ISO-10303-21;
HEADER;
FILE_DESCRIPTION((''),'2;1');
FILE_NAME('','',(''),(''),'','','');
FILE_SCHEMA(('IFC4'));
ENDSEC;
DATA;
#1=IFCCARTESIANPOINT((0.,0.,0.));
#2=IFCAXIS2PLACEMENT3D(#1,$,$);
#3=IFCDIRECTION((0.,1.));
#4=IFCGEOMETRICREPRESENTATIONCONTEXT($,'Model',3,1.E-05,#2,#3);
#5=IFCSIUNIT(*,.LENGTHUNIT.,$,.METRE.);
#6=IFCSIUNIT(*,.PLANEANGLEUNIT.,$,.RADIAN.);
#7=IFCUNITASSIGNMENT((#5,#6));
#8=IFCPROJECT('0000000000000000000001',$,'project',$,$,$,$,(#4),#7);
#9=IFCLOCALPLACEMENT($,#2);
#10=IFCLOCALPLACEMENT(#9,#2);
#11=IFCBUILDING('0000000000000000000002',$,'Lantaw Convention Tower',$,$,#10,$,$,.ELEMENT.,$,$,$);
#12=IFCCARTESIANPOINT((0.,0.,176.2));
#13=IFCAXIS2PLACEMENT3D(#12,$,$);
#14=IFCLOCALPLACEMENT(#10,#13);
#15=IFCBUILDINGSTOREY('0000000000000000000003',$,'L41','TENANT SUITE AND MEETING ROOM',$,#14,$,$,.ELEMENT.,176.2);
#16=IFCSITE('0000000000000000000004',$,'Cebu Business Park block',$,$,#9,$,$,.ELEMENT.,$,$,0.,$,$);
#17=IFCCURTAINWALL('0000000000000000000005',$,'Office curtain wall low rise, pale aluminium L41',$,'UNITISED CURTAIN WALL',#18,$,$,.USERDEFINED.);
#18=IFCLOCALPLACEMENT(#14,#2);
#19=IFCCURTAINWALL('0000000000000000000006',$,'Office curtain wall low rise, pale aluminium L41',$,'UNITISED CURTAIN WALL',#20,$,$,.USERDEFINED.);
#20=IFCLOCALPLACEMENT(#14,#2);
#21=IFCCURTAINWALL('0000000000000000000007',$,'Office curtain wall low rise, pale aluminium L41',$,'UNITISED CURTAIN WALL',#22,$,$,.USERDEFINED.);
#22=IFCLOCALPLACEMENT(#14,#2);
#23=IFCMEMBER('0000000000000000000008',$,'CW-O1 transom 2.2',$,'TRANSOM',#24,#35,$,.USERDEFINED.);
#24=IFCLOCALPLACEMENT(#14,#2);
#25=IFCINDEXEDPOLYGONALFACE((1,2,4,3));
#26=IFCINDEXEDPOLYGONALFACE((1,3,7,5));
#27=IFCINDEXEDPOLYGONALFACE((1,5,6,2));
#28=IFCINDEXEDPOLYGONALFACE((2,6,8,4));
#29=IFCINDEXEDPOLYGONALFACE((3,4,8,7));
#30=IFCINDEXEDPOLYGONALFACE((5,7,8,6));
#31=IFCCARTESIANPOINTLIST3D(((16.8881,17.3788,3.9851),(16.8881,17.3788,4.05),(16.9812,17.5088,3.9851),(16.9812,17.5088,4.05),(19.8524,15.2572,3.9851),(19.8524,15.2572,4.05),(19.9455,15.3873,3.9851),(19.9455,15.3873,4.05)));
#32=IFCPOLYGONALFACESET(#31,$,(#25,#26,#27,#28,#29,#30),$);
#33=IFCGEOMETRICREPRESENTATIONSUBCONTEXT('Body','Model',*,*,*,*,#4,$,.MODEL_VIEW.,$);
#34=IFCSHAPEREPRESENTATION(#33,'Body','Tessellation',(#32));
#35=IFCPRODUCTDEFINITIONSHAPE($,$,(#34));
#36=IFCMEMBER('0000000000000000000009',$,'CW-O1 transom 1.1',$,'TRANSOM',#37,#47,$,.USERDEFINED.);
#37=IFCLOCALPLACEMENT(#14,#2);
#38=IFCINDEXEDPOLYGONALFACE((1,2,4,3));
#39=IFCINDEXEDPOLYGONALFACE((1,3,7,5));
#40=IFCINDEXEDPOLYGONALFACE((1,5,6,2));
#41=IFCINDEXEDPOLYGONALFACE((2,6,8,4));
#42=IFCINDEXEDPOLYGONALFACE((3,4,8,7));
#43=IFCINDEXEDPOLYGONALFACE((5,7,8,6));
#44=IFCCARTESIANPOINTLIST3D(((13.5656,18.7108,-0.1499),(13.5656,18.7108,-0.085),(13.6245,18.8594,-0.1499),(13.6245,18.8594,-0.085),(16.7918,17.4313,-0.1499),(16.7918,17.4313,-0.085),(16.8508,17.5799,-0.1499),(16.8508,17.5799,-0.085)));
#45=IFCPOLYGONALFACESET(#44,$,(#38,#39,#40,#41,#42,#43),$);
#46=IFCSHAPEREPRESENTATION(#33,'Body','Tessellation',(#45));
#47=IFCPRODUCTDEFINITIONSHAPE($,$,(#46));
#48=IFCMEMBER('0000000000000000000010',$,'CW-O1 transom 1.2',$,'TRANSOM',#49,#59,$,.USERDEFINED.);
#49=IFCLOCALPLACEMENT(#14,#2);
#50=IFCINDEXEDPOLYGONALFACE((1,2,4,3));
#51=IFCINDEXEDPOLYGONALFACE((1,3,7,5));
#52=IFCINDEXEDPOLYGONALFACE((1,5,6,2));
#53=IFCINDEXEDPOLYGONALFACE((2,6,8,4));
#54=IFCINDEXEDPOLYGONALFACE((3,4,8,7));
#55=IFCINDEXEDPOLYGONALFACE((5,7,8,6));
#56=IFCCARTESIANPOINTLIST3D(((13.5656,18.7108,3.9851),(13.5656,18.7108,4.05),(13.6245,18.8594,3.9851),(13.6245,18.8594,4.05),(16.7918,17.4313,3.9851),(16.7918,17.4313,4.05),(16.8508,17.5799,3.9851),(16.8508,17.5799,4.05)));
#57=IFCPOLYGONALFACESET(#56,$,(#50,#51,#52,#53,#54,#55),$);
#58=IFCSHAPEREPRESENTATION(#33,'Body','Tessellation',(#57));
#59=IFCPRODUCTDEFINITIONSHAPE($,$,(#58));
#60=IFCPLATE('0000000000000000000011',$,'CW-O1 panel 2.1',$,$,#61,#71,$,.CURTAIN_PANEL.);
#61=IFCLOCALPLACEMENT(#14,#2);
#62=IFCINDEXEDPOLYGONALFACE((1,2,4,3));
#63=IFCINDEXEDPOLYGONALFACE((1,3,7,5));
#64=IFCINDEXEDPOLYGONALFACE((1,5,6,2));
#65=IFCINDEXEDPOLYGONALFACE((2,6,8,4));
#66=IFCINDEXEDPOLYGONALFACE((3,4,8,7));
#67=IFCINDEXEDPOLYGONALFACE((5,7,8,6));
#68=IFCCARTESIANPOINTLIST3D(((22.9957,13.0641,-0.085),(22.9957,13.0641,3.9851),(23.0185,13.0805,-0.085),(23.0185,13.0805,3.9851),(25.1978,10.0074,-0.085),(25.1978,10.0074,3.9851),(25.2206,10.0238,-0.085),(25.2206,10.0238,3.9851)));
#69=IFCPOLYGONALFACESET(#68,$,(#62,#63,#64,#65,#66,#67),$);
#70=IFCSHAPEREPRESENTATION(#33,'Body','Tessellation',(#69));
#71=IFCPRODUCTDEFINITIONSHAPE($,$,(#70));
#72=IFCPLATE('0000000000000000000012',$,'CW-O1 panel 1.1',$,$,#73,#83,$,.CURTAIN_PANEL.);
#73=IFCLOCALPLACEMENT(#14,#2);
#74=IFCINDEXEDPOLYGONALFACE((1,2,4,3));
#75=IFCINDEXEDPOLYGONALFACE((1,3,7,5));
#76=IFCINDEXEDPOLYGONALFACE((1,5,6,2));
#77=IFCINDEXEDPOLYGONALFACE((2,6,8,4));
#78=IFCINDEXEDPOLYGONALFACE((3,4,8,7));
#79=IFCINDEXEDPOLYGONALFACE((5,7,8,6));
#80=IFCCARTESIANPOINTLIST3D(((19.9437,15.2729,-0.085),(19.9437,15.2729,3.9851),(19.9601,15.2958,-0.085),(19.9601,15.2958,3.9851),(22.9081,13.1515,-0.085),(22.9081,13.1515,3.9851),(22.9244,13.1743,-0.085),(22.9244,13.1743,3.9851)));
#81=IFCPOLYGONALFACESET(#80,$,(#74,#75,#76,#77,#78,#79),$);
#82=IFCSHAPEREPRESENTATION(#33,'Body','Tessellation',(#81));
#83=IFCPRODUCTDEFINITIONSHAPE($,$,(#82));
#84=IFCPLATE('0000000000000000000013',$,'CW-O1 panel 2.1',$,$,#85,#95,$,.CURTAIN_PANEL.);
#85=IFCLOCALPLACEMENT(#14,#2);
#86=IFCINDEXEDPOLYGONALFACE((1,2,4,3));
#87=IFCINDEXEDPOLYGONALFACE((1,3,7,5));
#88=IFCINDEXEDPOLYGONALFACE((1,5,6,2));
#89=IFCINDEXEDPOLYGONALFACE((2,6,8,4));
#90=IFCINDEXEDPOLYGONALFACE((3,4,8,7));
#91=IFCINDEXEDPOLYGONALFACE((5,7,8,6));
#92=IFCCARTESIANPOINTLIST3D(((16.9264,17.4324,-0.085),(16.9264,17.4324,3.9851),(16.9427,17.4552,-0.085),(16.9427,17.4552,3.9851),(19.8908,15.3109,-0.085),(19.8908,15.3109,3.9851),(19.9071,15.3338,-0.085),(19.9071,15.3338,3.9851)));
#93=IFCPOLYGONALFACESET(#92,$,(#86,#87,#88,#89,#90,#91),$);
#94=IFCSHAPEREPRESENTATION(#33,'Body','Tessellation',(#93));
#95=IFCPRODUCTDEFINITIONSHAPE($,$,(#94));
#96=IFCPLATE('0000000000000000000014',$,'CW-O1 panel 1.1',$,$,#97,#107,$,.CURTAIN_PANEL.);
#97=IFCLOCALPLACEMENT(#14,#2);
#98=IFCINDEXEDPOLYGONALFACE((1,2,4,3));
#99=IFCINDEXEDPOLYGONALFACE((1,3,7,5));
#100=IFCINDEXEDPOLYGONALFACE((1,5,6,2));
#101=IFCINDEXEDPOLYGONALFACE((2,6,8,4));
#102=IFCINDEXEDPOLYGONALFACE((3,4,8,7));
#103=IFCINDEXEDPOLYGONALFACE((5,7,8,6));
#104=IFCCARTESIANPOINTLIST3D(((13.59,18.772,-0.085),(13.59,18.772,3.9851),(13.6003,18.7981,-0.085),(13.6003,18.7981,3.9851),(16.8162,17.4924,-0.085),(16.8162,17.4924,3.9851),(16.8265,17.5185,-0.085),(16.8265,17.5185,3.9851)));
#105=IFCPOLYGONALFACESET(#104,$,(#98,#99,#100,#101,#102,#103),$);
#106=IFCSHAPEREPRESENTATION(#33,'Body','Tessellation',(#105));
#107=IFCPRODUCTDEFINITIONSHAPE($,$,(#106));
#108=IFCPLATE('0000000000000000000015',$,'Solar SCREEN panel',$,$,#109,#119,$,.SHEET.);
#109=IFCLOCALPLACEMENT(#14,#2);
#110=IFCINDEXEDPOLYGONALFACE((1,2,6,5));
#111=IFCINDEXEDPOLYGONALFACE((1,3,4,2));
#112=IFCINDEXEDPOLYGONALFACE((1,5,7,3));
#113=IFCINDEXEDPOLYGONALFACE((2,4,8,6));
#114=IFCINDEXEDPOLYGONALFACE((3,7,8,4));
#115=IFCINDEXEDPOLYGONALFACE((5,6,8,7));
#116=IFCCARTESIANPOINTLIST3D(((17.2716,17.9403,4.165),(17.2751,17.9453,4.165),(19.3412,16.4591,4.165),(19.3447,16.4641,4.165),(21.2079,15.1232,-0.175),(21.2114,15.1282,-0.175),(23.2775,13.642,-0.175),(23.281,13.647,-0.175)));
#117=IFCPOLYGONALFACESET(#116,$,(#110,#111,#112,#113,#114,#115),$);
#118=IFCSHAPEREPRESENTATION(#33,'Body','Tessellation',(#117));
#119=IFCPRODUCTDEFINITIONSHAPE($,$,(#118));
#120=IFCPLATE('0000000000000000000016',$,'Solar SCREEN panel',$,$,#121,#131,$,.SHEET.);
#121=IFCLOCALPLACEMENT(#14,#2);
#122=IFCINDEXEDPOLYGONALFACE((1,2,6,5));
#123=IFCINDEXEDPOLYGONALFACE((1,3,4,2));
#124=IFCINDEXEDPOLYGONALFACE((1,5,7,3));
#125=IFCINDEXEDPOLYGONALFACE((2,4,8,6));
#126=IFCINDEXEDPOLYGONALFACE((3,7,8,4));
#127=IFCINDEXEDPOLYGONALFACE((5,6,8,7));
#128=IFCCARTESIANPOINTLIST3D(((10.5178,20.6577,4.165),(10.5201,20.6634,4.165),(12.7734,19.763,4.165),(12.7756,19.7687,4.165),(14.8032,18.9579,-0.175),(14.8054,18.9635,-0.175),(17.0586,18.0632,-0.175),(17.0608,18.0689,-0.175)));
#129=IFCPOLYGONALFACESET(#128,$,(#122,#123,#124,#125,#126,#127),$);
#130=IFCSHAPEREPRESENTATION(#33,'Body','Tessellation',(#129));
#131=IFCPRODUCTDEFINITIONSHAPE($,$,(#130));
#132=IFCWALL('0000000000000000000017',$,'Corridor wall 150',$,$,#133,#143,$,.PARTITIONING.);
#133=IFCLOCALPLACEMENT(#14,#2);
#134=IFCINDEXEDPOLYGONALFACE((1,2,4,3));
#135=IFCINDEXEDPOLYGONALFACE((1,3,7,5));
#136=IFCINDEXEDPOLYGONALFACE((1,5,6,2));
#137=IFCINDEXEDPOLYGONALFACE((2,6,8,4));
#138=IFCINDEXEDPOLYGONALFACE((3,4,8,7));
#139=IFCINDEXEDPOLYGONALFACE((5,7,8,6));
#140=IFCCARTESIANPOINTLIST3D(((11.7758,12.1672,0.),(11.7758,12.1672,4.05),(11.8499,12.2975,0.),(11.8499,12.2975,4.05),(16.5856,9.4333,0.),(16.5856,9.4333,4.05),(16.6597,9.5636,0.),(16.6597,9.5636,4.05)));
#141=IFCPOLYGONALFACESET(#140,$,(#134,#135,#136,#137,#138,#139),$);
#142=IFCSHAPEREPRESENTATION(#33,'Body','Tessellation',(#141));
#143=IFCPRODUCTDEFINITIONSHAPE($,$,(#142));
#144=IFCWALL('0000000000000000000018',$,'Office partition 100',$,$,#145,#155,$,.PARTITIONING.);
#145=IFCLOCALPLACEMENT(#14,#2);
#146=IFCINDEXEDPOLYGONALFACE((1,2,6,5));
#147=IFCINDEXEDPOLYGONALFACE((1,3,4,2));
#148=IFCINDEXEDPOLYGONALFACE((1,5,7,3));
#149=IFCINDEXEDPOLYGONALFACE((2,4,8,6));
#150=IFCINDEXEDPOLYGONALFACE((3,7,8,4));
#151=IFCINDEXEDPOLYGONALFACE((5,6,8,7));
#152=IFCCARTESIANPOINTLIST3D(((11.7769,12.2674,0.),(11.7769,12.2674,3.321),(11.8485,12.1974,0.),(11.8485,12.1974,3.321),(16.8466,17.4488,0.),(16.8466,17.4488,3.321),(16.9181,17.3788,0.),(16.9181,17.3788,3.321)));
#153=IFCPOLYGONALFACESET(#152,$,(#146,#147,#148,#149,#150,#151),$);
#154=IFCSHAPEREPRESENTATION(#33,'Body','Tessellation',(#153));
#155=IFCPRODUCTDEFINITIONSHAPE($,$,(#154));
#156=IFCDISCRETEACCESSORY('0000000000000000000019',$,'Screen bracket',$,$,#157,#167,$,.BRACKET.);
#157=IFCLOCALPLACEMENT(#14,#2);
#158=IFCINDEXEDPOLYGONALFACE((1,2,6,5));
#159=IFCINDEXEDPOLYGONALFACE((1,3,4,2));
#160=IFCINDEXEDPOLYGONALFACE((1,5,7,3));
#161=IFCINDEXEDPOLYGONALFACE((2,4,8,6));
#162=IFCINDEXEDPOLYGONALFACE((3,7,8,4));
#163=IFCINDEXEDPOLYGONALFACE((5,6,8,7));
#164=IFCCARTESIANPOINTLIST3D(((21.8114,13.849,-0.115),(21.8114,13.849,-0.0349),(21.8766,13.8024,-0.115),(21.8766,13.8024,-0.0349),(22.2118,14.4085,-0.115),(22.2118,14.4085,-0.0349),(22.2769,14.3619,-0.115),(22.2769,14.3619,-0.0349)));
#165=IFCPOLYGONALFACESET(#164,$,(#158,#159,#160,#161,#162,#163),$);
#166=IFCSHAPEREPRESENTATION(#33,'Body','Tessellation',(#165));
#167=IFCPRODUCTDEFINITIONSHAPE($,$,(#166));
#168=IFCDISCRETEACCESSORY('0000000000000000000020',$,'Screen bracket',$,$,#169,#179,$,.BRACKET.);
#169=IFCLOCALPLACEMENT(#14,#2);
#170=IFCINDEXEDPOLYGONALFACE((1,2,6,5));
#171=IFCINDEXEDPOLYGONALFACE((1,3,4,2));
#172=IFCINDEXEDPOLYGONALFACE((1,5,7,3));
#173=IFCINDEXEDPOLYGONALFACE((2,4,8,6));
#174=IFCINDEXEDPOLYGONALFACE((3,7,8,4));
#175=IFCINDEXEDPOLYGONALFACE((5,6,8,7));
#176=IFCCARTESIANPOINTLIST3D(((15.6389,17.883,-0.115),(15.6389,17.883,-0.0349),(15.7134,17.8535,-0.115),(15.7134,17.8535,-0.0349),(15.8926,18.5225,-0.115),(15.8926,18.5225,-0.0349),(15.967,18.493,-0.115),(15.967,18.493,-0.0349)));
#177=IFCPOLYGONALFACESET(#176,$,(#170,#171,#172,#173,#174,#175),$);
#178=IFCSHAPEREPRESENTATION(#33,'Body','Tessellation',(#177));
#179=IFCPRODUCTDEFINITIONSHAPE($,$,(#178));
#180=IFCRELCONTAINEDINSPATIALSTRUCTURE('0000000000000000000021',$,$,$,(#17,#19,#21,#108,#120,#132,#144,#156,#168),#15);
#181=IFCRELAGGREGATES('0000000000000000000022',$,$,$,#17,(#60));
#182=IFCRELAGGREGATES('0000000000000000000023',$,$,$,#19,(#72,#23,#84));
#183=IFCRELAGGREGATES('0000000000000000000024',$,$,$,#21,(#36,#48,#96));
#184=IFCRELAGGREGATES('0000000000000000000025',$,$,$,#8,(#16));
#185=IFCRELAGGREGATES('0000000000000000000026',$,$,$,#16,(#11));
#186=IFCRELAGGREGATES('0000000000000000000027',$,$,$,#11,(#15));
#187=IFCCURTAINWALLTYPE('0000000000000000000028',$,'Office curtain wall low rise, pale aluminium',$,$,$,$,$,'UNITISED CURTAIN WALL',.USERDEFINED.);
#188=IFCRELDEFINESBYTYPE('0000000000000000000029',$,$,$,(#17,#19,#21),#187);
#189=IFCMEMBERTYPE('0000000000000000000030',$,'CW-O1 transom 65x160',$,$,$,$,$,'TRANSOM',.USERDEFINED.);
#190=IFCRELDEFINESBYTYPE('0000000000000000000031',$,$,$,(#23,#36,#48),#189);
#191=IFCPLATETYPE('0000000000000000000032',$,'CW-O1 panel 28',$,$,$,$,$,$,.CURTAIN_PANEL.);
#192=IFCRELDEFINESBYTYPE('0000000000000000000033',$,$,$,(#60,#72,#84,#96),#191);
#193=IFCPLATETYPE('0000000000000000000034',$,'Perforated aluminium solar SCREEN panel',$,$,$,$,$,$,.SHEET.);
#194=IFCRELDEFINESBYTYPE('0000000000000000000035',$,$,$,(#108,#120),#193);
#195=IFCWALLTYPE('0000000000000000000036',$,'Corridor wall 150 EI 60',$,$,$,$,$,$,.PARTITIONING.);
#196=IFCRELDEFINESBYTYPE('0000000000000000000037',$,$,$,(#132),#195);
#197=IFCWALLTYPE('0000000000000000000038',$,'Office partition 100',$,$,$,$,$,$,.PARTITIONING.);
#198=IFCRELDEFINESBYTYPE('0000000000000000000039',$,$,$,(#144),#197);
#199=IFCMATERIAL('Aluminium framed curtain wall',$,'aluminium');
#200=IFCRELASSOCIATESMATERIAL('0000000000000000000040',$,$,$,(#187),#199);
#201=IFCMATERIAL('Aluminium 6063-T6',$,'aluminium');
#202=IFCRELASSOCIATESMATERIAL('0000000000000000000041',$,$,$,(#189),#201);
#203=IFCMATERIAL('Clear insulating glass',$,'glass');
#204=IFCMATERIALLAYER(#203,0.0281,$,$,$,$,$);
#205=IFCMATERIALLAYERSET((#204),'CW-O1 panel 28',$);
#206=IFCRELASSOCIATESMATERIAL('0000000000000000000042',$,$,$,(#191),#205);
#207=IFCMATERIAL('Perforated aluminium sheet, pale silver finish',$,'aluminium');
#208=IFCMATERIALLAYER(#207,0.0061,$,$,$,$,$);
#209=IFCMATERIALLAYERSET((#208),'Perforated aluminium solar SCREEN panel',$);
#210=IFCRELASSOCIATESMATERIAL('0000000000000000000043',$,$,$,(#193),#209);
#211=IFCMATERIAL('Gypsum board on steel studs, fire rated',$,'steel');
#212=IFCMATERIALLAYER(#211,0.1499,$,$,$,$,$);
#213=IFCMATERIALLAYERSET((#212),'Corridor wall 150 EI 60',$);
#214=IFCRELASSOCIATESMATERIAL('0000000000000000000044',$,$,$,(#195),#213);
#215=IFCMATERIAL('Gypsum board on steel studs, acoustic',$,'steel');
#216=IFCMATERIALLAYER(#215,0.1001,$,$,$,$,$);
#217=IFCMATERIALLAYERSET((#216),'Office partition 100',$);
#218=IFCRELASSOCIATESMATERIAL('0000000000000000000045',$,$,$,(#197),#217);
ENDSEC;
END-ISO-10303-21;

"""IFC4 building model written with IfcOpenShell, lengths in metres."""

from ifc_helpers import new_model, si_unit, direction, frame, frame_2d, origin, origin_2d, place, context, subcontext, project, spatial, polyline, rectangle, outline, extrude, material, layer, layer_set, material_profile, profile_set, type_object, element, aggregate, save


model = new_model("IFC4")

# Units and contexts
model_context = context("Model", 3, precision=1e-05, world=origin(), true_north=direction((0.0, 1.0)))
body_context = subcontext(model_context, "Body", "Model", "MODEL_VIEW")
ifc_project = project(units=[si_unit("LENGTHUNIT", "METRE"), si_unit("PLANEANGLEUNIT", "RADIAN")], contexts=[model_context])

# Site, building, storey
site_placement = place(None, origin())
site = spatial("IfcSite", under=ifc_project, at=site_placement, Name="Cebu Business Park block", CompositionType="ELEMENT", RefElevation=0.0)
building_placement = place(site_placement, origin())
building = spatial("IfcBuilding", under=site, at=building_placement, Name="Lantaw Convention Tower", CompositionType="ELEMENT")
storey_placement = place(building_placement, frame((0.0, 0.0, 176.2)))
storey = spatial("IfcBuildingStorey", under=building, at=storey_placement, Name="L41", Description="TENANT SUITE AND MEETING ROOM", CompositionType="ELEMENT", Elevation=176.2)

# Curtain walls
ifc_material_1 = material(Name="Aluminium framed curtain wall", Category="aluminium")
curtain_wall_type = type_object("IfcCurtainWallType", Name="Office curtain wall low rise, pale aluminium", ElementType="UNITISED CURTAIN WALL", PredefinedType="USERDEFINED", material=ifc_material_1)
curtain_wall_1_placement = place(storey_placement, origin())
curtain_wall_1 = element("IfcCurtainWall", 1, at=curtain_wall_1_placement, inside=storey, type_object=curtain_wall_type, Name="Office curtain wall low rise, pale aluminium L41", ObjectType="UNITISED CURTAIN WALL", PredefinedType="USERDEFINED")
ifc_material_2 = material(Name="Aluminium 6063-T6", Category="aluminium")
curtain_wall_2_placement = place(storey_placement, origin())
curtain_wall_2 = element("IfcCurtainWall", 2, at=curtain_wall_2_placement, inside=storey, type_object=curtain_wall_type, Name="Office curtain wall low rise, pale aluminium L41", ObjectType="UNITISED CURTAIN WALL", PredefinedType="USERDEFINED")

# Curtain wall
curtain_wall_3_placement = place(storey_placement, origin())
curtain_wall_3 = element("IfcCurtainWall", 3, at=curtain_wall_3_placement, inside=storey, type_object=curtain_wall_type, Name="Office curtain wall low rise, pale aluminium L41", ObjectType="UNITISED CURTAIN WALL", PredefinedType="USERDEFINED")

# Members
ifc_material_profile_1 = material_profile(ifc_material_2, rectangle(XDim=0.1599, YDim=0.0649, at=origin_2d()), Name="CW-O1 transom 65x160")
ifc_profile_set_1 = profile_set([ifc_material_profile_1], Name="Aluminium 6063-T6")
member_type_1 = type_object("IfcMemberType", Name="CW-O1 transom 65x160", ElementType="TRANSOM", PredefinedType="USERDEFINED", material=ifc_profile_set_1)
member_1_placement = place(storey_placement, frame((19.8989, 15.3223, 4.0176), z_axis=(-0.81319, 0.581998, 0.0), x_axis=(-0.581998, -0.81319, 0.0)))
member_1 = element("IfcMember", 4, at=member_1_placement, type_object=member_type_1, Name="CW-O1 transom 2.2", ObjectType="TRANSOM", PredefinedType="USERDEFINED", context=body_context, shape_type="SweptSolid", body=[
    extrude(rectangle(XDim=0.1599, YDim=0.0649, at=origin_2d()), origin(), (0.0, 0.0, 1.0), 3.6453),
])
member_2_placement = place(storey_placement, frame((16.8213, 17.5056, -0.1174), z_axis=(-0.929564, 0.36866, 0.0), x_axis=(-0.36866, -0.929564, 0.0)))
member_2 = element("IfcMember", 5, at=member_2_placement, type_object=member_type_1, Name="CW-O1 transom 1.1", ObjectType="TRANSOM", PredefinedType="USERDEFINED", context=body_context, shape_type="SweptSolid", body=[
    extrude(rectangle(XDim=0.1599, YDim=0.0649, at=origin_2d()), origin(), (0.0, 0.0, 1.0), 3.4707),
])
member_3_placement = place(storey_placement, frame((16.8213, 17.5056, 4.0176), z_axis=(-0.929564, 0.36866, 0.0), x_axis=(-0.36866, -0.929564, 0.0)))
member_3 = element("IfcMember", 6, at=member_3_placement, type_object=member_type_1, Name="CW-O1 transom 1.2", ObjectType="TRANSOM", PredefinedType="USERDEFINED", context=body_context, shape_type="SweptSolid", body=[
    extrude(rectangle(XDim=0.1599, YDim=0.0649, at=origin_2d()), origin(), (0.0, 0.0, 1.0), 3.4707),
])

# Plates
ifc_material_3 = material(Name="Clear insulating glass", Category="glass")
ifc_layer_1 = layer(ifc_material_3, 0.0281)
ifc_layer_set_1 = layer_set([ifc_layer_1], Name="CW-O1 panel 28")
plate_type_1 = type_object("IfcPlateType", Name="CW-O1 panel 28", PredefinedType="CURTAIN_PANEL", material=ifc_layer_set_1)
plate_1_placement = place(storey_placement, frame((24.1082, 11.5439, -0.085), z_axis=(0.0, 0.0, 1.0), x_axis=(-0.584513, 0.811385, 0.0)))
plate_1 = element("IfcPlate", 7, at=plate_1_placement, type_object=plate_type_1, Name="CW-O1 panel 2.1", PredefinedType="CURTAIN_PANEL", context=body_context, shape_type="SweptSolid", body=[
    extrude(rectangle(XDim=3.7673, YDim=0.0281, at=origin_2d()), origin(), (0.0, 0.0, 1.0), 4.0701),
])
aggregate(curtain_wall_1, [plate_1])
plate_2_placement = place(storey_placement, frame((21.4341, 14.2236, -0.085), z_axis=(0.0, 0.0, 1.0), x_axis=(-0.813208, 0.581973, 0.0)))
plate_2 = element("IfcPlate", 8, at=plate_2_placement, type_object=plate_type_1, Name="CW-O1 panel 1.1", PredefinedType="CURTAIN_PANEL", context=body_context, shape_type="SweptSolid", body=[
    extrude(rectangle(XDim=3.6453, YDim=0.0281, at=origin_2d()), origin(), (0.0, 0.0, 1.0), 4.0701),
])
plate_3_placement = place(storey_placement, frame((18.4167, 16.3831, -0.085), z_axis=(0.0, 0.0, 1.0), x_axis=(-0.813208, 0.581973, 0.0)))
plate_3 = element("IfcPlate", 9, at=plate_3_placement, type_object=plate_type_1, Name="CW-O1 panel 2.1", PredefinedType="CURTAIN_PANEL", context=body_context, shape_type="SweptSolid", body=[
    extrude(rectangle(XDim=3.6453, YDim=0.0281, at=origin_2d()), origin(), (0.0, 0.0, 1.0), 4.0701),
])
aggregate(curtain_wall_2, [plate_2, member_1, plate_3])
plate_4_placement = place(storey_placement, frame((15.2083, 18.1453, -0.085), z_axis=(0.0, 0.0, 1.0), x_axis=(-0.929548, 0.368702, 0.0)))
plate_4 = element("IfcPlate", 10, at=plate_4_placement, type_object=plate_type_1, Name="CW-O1 panel 1.1", PredefinedType="CURTAIN_PANEL", context=body_context, shape_type="SweptSolid", body=[
    extrude(rectangle(XDim=3.4707, YDim=0.0281, at=origin_2d()), origin(), (0.0, 0.0, 1.0), 4.0701),
])
aggregate(curtain_wall_3, [member_2, member_3, plate_4])

# Plates
ifc_material_4 = material(Name="Perforated aluminium sheet, pale silver finish", Category="aluminium")
ifc_layer_2 = layer(ifc_material_4, 0.0061)
ifc_layer_set_2 = layer_set([ifc_layer_2], Name="Perforated aluminium solar SCREEN panel")
plate_type_2 = type_object("IfcPlateType", Name="Perforated aluminium solar SCREEN panel", PredefinedType="SHEET", material=ifc_layer_set_2)
plate_5_placement = place(storey_placement, frame((23.281, 13.647, -0.175), z_axis=(0.582, 0.813189, 0.000012), x_axis=(-0.813189, 0.582, 0.0)))
element("IfcPlate", 11, at=plate_5_placement, inside=storey, type_object=plate_type_2, Name="Solar SCREEN panel", PredefinedType="SHEET", context=body_context, shape_type="SweptSolid", body=[
    extrude(outline(polyline([(0.0, 0.0), (2.545, 0.0), (7.3855, 4.3401), (4.8405, 4.3401), (0.0, 0.0)])), origin(), (0.0, 0.0, -1.0), 0.0061),
])
plate_6_placement = place(storey_placement, frame((17.0586, 18.0632, -0.175), z_axis=(-0.368709, -0.929545, 0.000011), x_axis=(-0.929545, 0.368709, 0.0)))
element("IfcPlate", 12, at=plate_6_placement, inside=storey, type_object=plate_type_2, Name="Solar SCREEN panel", PredefinedType="SHEET", context=body_context, shape_type="SweptSolid", body=[
    extrude(outline(polyline([(0.0, 0.0), (2.4264, 0.0), (7.0365, -4.3401), (4.61, -4.3401), (0.0, 0.0)])), origin(), (0.0, 0.0, -1.0), 0.0061),
])

# Walls
ifc_material_5 = material(Name="Gypsum board on steel studs, fire rated", Category="steel")
ifc_layer_3 = layer(ifc_material_5, 0.1499)
ifc_layer_set_3 = layer_set([ifc_layer_3], Name="Corridor wall 150 EI 60")
wall_type_1 = type_object("IfcWallType", Name="Corridor wall 150 EI 60", PredefinedType="PARTITIONING", material=ifc_layer_set_3)
wall_1_placement = place(storey_placement, frame((16.6226, 9.4985, 0.0), z_axis=(0.0, 0.0, 1.0), x_axis=(-0.869376, 0.494151, 0.0)))
element("IfcWall", 13, at=wall_1_placement, inside=storey, type_object=wall_type_1, Name="Corridor wall 150", PredefinedType="PARTITIONING", context=body_context, shape_type="SweptSolid", body=[
    extrude(rectangle(XDim=5.5325, YDim=0.1499, at=frame_2d((2.7661, 0.0))), origin(), (0.0, 0.0, 1.0), 4.05),
])
ifc_material_6 = material(Name="Gypsum board on steel studs, acoustic", Category="steel")
ifc_layer_4 = layer(ifc_material_6, 0.1001)
ifc_layer_set_4 = layer_set([ifc_layer_4], Name="Office partition 100")
wall_type_2 = type_object("IfcWallType", Name="Office partition 100", PredefinedType="PARTITIONING", material=ifc_layer_set_4)
wall_2_placement = place(storey_placement, frame((16.8823, 17.4138, 0.0), z_axis=(0.0, 0.0, 1.0), x_axis=(-0.699352, -0.714777, 0.0)))
element("IfcWall", 14, at=wall_2_placement, inside=storey, type_object=wall_type_2, Name="Office partition 100", PredefinedType="PARTITIONING", context=body_context, shape_type="SweptSolid", body=[
    extrude(rectangle(XDim=7.249, YDim=0.1001, at=frame_2d((3.6245, 0.0))), origin(), (0.0, 0.0, 1.0), 3.321),
])

# Discrete accessories
for number, where, z_axis, x_axis, name in (
    (15, (22.0442, 14.1055, -0.115), (0.0, 0.0, 1.0), (-0.813208, 0.581973, 0.0), "Screen bracket"),
    (16, (15.803, 18.188, -0.115), (0.0, 0.0, 1.0), (-0.929548, 0.368702, 0.0), "Screen bracket"),
):
    element("IfcDiscreteAccessory", number, at=place(storey_placement, frame(where, z_axis=z_axis, x_axis=x_axis)), inside=storey, Name=name, PredefinedType="BRACKET", context=body_context, shape_type="SweptSolid", body=[
        extrude(rectangle(XDim=0.0801, YDim=0.688, at=origin_2d()), origin(), (0.0, 0.0, 1.0), 0.0801),
    ])

save(model, "model.ifc")
